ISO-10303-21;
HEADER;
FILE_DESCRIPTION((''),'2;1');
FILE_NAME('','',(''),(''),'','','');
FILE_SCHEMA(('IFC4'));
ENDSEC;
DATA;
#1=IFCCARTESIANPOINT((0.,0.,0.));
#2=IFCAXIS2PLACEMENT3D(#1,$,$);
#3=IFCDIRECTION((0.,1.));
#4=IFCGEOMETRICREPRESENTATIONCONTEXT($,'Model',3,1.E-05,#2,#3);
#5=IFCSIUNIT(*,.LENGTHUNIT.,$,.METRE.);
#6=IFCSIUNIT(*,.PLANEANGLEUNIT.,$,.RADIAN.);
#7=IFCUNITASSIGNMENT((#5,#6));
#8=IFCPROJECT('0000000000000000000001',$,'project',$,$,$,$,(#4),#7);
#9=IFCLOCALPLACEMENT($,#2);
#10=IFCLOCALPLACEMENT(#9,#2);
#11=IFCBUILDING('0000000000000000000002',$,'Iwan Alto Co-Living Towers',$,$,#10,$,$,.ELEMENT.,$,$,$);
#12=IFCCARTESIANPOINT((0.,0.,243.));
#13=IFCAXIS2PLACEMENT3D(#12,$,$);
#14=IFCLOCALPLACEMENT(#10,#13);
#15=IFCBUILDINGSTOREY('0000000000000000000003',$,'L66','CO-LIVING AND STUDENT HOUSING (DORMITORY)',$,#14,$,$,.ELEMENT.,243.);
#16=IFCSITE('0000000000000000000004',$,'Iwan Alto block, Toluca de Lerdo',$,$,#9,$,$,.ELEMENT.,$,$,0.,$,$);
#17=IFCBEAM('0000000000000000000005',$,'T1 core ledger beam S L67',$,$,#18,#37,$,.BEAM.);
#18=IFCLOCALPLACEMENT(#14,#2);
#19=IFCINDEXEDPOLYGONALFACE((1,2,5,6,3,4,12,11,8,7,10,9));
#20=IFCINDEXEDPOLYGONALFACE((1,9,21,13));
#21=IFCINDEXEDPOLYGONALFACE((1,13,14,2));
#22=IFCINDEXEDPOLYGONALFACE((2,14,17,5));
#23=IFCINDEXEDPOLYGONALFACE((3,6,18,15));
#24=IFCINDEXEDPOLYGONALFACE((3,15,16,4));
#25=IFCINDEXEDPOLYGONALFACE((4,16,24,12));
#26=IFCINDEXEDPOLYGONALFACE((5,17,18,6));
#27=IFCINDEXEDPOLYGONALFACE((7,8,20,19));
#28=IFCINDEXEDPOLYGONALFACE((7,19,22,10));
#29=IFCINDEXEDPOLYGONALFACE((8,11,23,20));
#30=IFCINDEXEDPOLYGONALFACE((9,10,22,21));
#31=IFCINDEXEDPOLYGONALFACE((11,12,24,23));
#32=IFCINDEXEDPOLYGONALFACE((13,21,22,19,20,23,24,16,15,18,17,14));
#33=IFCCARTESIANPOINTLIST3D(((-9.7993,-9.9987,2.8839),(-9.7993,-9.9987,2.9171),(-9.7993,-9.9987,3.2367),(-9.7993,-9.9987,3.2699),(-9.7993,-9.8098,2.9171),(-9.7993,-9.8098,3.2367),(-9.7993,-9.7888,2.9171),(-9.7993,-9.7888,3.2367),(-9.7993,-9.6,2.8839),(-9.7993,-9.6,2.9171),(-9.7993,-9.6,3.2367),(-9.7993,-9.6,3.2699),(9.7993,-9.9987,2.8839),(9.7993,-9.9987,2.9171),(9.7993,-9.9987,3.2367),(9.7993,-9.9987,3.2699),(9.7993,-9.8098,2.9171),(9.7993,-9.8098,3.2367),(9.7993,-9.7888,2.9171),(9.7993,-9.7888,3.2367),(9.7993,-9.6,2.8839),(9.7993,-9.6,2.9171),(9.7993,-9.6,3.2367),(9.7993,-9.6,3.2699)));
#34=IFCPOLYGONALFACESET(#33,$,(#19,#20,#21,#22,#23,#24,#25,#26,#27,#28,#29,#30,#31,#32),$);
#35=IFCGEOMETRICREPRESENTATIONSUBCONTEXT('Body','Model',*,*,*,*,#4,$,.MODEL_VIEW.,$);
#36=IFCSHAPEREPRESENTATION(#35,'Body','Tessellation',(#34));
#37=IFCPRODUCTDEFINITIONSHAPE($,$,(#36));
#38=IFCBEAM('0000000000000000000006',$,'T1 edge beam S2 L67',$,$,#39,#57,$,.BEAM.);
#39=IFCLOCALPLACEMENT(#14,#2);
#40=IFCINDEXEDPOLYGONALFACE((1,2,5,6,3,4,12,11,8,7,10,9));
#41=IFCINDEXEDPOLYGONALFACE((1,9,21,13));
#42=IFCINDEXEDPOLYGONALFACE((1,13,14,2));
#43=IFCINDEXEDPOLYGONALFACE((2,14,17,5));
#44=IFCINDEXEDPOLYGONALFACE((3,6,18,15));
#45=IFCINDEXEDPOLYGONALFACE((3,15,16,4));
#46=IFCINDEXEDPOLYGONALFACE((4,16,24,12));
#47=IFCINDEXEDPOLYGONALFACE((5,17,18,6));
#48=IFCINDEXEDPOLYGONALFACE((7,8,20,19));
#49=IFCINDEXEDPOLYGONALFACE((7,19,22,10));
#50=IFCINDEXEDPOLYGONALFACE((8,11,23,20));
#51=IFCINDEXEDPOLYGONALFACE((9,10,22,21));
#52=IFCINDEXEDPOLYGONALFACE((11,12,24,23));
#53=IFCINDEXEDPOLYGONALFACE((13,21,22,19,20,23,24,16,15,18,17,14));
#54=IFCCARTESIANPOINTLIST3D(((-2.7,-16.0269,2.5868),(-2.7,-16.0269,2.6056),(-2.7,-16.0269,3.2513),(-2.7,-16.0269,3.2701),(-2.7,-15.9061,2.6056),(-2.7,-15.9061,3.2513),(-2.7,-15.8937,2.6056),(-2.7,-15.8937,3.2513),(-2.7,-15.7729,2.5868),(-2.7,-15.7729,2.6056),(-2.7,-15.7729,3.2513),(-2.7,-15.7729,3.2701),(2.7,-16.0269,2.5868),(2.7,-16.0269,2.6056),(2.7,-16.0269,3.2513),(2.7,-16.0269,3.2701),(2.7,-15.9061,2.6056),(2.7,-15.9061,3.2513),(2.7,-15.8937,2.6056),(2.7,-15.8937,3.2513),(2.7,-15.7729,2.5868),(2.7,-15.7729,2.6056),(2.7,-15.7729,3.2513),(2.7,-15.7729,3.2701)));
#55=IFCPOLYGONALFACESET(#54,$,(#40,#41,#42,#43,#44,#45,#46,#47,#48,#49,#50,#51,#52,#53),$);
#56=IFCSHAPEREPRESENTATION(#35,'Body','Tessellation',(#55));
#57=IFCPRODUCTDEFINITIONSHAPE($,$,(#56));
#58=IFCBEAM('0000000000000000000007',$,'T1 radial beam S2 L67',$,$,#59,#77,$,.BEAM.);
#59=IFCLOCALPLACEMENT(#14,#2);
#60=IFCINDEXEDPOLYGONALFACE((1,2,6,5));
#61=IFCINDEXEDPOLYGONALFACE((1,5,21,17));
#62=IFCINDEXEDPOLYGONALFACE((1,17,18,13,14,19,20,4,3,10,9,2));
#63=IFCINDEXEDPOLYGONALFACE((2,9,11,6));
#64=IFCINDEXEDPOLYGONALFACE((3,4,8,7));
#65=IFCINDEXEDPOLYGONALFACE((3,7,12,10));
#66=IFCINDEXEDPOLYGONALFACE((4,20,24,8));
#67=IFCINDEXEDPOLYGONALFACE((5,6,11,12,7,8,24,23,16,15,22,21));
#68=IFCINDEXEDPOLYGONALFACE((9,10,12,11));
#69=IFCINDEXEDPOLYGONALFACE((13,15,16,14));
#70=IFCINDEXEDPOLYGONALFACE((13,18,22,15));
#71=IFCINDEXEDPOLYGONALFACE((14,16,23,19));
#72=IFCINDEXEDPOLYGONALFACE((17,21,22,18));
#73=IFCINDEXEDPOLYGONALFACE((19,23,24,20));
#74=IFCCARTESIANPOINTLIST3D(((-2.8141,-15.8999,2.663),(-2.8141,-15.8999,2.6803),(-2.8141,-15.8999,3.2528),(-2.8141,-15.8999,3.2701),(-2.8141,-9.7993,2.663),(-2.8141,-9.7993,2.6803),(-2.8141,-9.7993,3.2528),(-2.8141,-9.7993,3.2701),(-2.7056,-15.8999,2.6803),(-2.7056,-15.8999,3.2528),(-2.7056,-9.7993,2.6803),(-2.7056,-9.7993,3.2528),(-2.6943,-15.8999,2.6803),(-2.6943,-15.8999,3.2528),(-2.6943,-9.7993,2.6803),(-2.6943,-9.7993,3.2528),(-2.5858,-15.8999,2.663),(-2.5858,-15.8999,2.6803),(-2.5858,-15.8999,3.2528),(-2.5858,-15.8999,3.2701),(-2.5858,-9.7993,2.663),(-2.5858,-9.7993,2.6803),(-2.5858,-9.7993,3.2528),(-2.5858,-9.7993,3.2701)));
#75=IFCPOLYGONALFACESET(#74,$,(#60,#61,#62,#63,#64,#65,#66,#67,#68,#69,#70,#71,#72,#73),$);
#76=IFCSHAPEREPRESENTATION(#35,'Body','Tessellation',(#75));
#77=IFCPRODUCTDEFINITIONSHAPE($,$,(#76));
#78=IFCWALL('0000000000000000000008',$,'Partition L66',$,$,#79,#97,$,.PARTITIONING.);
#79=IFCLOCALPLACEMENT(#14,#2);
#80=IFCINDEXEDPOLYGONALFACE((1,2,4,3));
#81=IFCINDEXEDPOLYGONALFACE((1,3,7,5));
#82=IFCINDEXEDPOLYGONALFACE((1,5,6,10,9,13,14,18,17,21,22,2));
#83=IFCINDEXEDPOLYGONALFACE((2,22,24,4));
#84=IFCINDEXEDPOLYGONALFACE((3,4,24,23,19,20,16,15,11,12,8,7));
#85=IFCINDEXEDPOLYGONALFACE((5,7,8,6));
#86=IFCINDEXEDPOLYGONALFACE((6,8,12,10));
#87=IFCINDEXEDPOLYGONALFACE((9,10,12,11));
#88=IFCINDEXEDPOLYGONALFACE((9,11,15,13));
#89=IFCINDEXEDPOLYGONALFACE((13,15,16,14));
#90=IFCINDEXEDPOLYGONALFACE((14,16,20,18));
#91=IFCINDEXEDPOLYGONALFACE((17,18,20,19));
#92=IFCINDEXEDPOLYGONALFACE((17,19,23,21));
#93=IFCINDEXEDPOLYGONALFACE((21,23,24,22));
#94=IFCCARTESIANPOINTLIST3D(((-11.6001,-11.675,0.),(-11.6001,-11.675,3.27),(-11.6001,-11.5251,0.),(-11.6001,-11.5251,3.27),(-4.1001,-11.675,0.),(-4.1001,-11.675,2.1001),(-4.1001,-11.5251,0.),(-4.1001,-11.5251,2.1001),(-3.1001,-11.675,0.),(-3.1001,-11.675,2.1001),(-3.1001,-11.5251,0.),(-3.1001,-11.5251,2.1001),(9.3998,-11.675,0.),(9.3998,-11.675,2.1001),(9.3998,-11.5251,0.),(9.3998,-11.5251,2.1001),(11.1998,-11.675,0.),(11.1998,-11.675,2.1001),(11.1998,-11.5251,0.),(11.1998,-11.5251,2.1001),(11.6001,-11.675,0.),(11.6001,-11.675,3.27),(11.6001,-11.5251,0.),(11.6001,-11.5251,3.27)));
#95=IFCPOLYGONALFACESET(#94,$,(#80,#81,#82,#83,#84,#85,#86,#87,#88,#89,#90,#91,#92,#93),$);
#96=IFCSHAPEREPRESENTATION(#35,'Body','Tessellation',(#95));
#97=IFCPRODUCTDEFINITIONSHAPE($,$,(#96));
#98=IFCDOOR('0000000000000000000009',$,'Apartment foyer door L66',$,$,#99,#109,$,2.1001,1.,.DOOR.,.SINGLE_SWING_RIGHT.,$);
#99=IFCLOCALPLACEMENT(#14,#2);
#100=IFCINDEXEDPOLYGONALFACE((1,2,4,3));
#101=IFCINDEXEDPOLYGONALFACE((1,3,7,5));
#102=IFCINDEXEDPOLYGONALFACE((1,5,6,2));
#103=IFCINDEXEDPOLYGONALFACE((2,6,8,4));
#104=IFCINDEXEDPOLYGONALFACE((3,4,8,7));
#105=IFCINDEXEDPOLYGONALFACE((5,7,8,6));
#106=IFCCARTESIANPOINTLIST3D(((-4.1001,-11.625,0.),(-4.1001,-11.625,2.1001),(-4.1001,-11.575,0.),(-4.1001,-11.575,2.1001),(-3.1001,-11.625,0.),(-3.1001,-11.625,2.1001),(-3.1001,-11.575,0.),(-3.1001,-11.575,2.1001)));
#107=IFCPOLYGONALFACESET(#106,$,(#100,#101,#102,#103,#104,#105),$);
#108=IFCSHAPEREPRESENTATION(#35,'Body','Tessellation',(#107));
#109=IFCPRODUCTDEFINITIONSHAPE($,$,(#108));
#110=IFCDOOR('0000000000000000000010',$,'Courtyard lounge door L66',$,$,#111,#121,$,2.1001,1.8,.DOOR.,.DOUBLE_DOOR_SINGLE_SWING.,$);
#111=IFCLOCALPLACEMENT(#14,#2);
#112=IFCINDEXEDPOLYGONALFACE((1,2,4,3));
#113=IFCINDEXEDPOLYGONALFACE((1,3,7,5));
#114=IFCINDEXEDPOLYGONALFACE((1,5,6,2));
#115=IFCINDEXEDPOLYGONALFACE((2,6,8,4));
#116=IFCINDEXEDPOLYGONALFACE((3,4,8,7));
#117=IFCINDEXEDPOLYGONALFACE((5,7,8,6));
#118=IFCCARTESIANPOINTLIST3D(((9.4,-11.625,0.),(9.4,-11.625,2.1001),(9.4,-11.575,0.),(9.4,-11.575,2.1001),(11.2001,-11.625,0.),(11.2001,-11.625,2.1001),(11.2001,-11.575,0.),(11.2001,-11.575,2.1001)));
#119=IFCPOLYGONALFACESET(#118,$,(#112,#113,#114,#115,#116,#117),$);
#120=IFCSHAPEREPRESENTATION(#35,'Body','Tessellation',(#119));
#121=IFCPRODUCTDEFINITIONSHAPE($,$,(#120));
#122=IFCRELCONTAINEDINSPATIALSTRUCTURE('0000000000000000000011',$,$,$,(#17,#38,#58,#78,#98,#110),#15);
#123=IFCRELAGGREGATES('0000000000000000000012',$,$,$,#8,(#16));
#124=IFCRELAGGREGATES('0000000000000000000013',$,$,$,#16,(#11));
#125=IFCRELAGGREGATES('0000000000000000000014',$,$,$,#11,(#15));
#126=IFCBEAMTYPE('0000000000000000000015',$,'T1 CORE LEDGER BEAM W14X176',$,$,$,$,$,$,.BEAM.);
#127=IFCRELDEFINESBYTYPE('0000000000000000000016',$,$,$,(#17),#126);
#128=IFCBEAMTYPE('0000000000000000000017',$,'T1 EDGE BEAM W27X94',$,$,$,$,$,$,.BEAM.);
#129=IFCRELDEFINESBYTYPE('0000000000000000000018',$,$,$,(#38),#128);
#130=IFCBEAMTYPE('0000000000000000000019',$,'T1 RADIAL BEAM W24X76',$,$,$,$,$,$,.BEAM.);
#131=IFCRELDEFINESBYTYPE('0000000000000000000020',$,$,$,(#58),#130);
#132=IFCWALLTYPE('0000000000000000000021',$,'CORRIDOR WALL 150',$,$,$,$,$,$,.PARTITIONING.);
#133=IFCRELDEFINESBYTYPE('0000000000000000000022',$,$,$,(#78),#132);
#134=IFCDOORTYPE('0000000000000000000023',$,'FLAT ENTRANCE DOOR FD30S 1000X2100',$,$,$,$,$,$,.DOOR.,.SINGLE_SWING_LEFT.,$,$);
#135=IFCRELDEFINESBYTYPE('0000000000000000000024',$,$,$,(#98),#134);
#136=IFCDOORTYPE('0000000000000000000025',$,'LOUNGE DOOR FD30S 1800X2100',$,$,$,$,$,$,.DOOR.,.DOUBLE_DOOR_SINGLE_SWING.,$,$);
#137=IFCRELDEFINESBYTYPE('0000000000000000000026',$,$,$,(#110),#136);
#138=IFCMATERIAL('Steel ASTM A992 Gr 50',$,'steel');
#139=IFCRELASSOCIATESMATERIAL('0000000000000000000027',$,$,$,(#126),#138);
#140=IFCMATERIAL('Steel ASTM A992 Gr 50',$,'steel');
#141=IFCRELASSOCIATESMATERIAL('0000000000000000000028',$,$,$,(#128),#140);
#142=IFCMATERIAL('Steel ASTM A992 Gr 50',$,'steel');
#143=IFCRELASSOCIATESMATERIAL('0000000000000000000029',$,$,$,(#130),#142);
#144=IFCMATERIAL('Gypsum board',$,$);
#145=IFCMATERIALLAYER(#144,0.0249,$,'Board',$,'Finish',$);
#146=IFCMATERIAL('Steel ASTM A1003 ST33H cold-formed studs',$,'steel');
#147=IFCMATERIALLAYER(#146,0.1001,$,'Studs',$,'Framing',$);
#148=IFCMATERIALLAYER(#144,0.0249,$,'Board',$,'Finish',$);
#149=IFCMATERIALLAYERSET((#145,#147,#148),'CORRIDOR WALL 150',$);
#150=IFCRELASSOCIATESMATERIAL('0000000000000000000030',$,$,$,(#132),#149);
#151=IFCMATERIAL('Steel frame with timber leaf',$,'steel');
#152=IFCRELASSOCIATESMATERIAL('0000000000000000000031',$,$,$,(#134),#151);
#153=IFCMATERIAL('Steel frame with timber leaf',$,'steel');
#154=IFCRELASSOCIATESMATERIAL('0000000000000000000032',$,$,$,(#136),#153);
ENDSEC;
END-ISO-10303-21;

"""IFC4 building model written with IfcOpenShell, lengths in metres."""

from ifc_helpers import new_model, si_unit, direction, frame, frame_2d, origin, origin_2d, place, context, subcontext, project, spatial, rectangle, i_section, extrude, material, layer, layer_set, material_profile, profile_set, type_object, element, fill, save


model = new_model("IFC4")

# Units and contexts
model_context = context("Model", 3, precision=1e-05, world=origin(), true_north=direction((0.0, 1.0)))
body_context = subcontext(model_context, "Body", "Model", "MODEL_VIEW")
ifc_project = project(units=[si_unit("LENGTHUNIT", "METRE"), si_unit("PLANEANGLEUNIT", "RADIAN")], contexts=[model_context])

# Site, building, storey
site_placement = place(None, origin())
site = spatial("IfcSite", under=ifc_project, at=site_placement, Name="Iwan Alto block, Toluca de Lerdo", CompositionType="ELEMENT", RefElevation=0.0)
building_placement = place(site_placement, origin())
building = spatial("IfcBuilding", under=site, at=building_placement, Name="Iwan Alto Co-Living Towers", CompositionType="ELEMENT")
storey_placement = place(building_placement, frame((0.0, 0.0, 243.0)))
storey = spatial("IfcBuildingStorey", under=building, at=storey_placement, Name="L66", Description="CO-LIVING AND STUDENT HOUSING (DORMITORY)", CompositionType="ELEMENT", Elevation=243.0)

# Beams
ifc_material_1 = material(Name="Steel ASTM A992 Gr 50", Category="steel")
ifc_material_profile_1 = material_profile(ifc_material_1, i_section(OverallWidth=0.3987, OverallDepth=0.386, WebThickness=0.021, FlangeThickness=0.0332, at=origin_2d()), Name="W14X176")
ifc_profile_set_1 = profile_set([ifc_material_profile_1], Name="Steel ASTM A992 Gr 50")
beam_type_1 = type_object("IfcBeamType", Name="T1 CORE LEDGER BEAM W14X176", PredefinedType="BEAM", material=ifc_profile_set_1)
beam_1_placement = place(storey_placement, frame((-9.7993, -9.7993, 3.0769), z_axis=(1.0, 0.0, 0.0), x_axis=(0.0, 1.0, 0.0)))
element("IfcBeam", 1, at=beam_1_placement, inside=storey, type_object=beam_type_1, Name="T1 core ledger beam S L67", PredefinedType="BEAM", context=body_context, shape_type="SweptSolid", body=[
    extrude(i_section(OverallWidth=0.3987, OverallDepth=0.386, WebThickness=0.021, FlangeThickness=0.0332, at=origin_2d()), origin(), (0.0, 0.0, 1.0), 19.5986),
])
ifc_material_2 = material(Name="Steel ASTM A992 Gr 50", Category="steel")
ifc_material_profile_2 = material_profile(ifc_material_2, i_section(OverallWidth=0.2539, OverallDepth=0.6833, WebThickness=0.0125, FlangeThickness=0.0188, at=origin_2d()), Name="W27X94")
ifc_profile_set_2 = profile_set([ifc_material_profile_2], Name="Steel ASTM A992 Gr 50")
beam_type_2 = type_object("IfcBeamType", Name="T1 EDGE BEAM W27X94", PredefinedType="BEAM", material=ifc_profile_set_2)
beam_2_placement = place(storey_placement, frame((-2.7, -15.8999, 2.9285), z_axis=(1.0, 0.0, 0.0), x_axis=(0.0, 1.0, 0.0)))
element("IfcBeam", 2, at=beam_2_placement, inside=storey, type_object=beam_type_2, Name="T1 edge beam S2 L67", PredefinedType="BEAM", context=body_context, shape_type="SweptSolid", body=[
    extrude(i_section(OverallWidth=0.2539, OverallDepth=0.6833, WebThickness=0.0125, FlangeThickness=0.0188, at=origin_2d()), origin(), (0.0, 0.0, 1.0), 5.3999),
])
ifc_material_3 = material(Name="Steel ASTM A992 Gr 50", Category="steel")
ifc_material_profile_3 = material_profile(ifc_material_3, i_section(OverallWidth=0.2283, OverallDepth=0.6072, WebThickness=0.0112, FlangeThickness=0.0173, at=origin_2d()), Name="W24X76")
ifc_profile_set_3 = profile_set([ifc_material_profile_3], Name="Steel ASTM A992 Gr 50")
beam_type_3 = type_object("IfcBeamType", Name="T1 RADIAL BEAM W24X76", PredefinedType="BEAM", material=ifc_profile_set_3)
beam_3_placement = place(storey_placement, frame((-2.7, -15.8999, 2.9666), z_axis=(0.0, 1.0, 0.0), x_axis=(-1.0, 0.0, 0.0)))
element("IfcBeam", 3, at=beam_3_placement, inside=storey, type_object=beam_type_3, Name="T1 radial beam S2 L67", PredefinedType="BEAM", context=body_context, shape_type="SweptSolid", body=[
    extrude(i_section(OverallWidth=0.2283, OverallDepth=0.6072, WebThickness=0.0112, FlangeThickness=0.0173, at=origin_2d()), origin(), (0.0, 0.0, 1.0), 6.1006),
])

# Wall, openings, doors
ifc_material_4 = material(Name="Gypsum board")
ifc_layer_1 = layer(ifc_material_4, 0.0249, Name="Board", Category="Finish")
ifc_material_5 = material(Name="Steel ASTM A1003 ST33H cold-formed studs", Category="steel")
ifc_layer_2 = layer(ifc_material_5, 0.1001, Name="Studs", Category="Framing")
ifc_layer_3 = layer(ifc_material_4, 0.0249, Name="Board", Category="Finish")
ifc_layer_set_1 = layer_set([ifc_layer_1, ifc_layer_2, ifc_layer_3], Name="CORRIDOR WALL 150")
wall_type_1 = type_object("IfcWallType", Name="CORRIDOR WALL 150", PredefinedType="PARTITIONING", material=ifc_layer_set_1)
wall_1_placement = place(storey_placement, frame((-11.6001, -11.6001, 0.0), z_axis=(0.0, 0.0, 1.0), x_axis=(1.0, 0.0, 0.0)))
wall_1 = element("IfcWall", 4, at=wall_1_placement, inside=storey, type_object=wall_type_1, Name="Partition L66", PredefinedType="PARTITIONING", context=body_context, shape_type="SweptSolid", body=[
    extrude(rectangle(XDim=23.2002, YDim=0.1499, at=frame_2d((11.6001, 0.0))), origin(), (0.0, 0.0, 1.0), 3.27),
])
opening_1_placement = place(wall_1_placement, frame((7.5, 0.0, 0.0)))
opening_1 = element("IfcOpeningElement", 5, at=opening_1_placement, cuts=wall_1, PredefinedType="OPENING", context=body_context, shape_type="SweptSolid", body=[
    extrude(rectangle(XDim=1.0, YDim=2.1001, at=frame_2d((0.5, 1.05))), frame((0.0, 0.085, 0.0), z_axis=(0.0, -1.0, 0.0), x_axis=(1.0, 0.0, 0.0)), (0.0, 0.0, 1.0), 0.1699),
])
opening_2_placement = place(wall_1_placement, frame((21.0, 0.0, 0.0)))
opening_2 = element("IfcOpeningElement", 6, at=opening_2_placement, cuts=wall_1, PredefinedType="OPENING", context=body_context, shape_type="SweptSolid", body=[
    extrude(rectangle(XDim=1.8, YDim=2.1001, at=frame_2d((0.8999, 1.05))), frame((0.0, 0.085, 0.0), z_axis=(0.0, -1.0, 0.0), x_axis=(1.0, 0.0, 0.0)), (0.0, 0.0, 1.0), 0.1699),
])
ifc_material_6 = material(Name="Steel frame with timber leaf", Category="steel")
door_type_1 = type_object("IfcDoorType", Name="FLAT ENTRANCE DOOR FD30S 1000X2100", OperationType="SINGLE_SWING_LEFT", PredefinedType="DOOR", material=ifc_material_6)
door_1_placement = place(opening_1_placement, frame((1.0, 0.0, 0.0), z_axis=(0.0, 0.0, 1.0), x_axis=(-1.0, 0.0, 0.0)))
door_1 = element("IfcDoor", 7, at=door_1_placement, inside=storey, type_object=door_type_1, Name="Apartment foyer door L66", OperationType="SINGLE_SWING_RIGHT", OverallHeight=2.1001, OverallWidth=1.0, PredefinedType="DOOR", context=body_context, shape_type="SweptSolid", body=[
    extrude(rectangle(XDim=1.0, YDim=2.1001, at=frame_2d((0.5, 1.05))), frame((0.0, 0.0249, 0.0), z_axis=(0.0, -1.0, 0.0), x_axis=(1.0, 0.0, 0.0)), (0.0, 0.0, 1.0), 0.05),
])
fill(opening_1, door_1)
ifc_material_7 = material(Name="Steel frame with timber leaf", Category="steel")
door_type_2 = type_object("IfcDoorType", Name="LOUNGE DOOR FD30S 1800X2100", OperationType="DOUBLE_DOOR_SINGLE_SWING", PredefinedType="DOOR", material=ifc_material_7)
door_2_placement = place(opening_2_placement, frame((1.8, 0.0, 0.0), z_axis=(0.0, 0.0, 1.0), x_axis=(-1.0, 0.0, 0.0)))
door_2 = element("IfcDoor", 8, at=door_2_placement, inside=storey, type_object=door_type_2, Name="Courtyard lounge door L66", OperationType="DOUBLE_DOOR_SINGLE_SWING", OverallHeight=2.1001, OverallWidth=1.8, PredefinedType="DOOR", context=body_context, shape_type="SweptSolid", body=[
    extrude(rectangle(XDim=1.8, YDim=2.1001, at=frame_2d((0.8999, 1.05))), frame((0.0, 0.0249, 0.0), z_axis=(0.0, -1.0, 0.0), x_axis=(1.0, 0.0, 0.0)), (0.0, 0.0, 1.0), 0.05),
])
fill(opening_2, door_2)

save(model, "model.ifc")
